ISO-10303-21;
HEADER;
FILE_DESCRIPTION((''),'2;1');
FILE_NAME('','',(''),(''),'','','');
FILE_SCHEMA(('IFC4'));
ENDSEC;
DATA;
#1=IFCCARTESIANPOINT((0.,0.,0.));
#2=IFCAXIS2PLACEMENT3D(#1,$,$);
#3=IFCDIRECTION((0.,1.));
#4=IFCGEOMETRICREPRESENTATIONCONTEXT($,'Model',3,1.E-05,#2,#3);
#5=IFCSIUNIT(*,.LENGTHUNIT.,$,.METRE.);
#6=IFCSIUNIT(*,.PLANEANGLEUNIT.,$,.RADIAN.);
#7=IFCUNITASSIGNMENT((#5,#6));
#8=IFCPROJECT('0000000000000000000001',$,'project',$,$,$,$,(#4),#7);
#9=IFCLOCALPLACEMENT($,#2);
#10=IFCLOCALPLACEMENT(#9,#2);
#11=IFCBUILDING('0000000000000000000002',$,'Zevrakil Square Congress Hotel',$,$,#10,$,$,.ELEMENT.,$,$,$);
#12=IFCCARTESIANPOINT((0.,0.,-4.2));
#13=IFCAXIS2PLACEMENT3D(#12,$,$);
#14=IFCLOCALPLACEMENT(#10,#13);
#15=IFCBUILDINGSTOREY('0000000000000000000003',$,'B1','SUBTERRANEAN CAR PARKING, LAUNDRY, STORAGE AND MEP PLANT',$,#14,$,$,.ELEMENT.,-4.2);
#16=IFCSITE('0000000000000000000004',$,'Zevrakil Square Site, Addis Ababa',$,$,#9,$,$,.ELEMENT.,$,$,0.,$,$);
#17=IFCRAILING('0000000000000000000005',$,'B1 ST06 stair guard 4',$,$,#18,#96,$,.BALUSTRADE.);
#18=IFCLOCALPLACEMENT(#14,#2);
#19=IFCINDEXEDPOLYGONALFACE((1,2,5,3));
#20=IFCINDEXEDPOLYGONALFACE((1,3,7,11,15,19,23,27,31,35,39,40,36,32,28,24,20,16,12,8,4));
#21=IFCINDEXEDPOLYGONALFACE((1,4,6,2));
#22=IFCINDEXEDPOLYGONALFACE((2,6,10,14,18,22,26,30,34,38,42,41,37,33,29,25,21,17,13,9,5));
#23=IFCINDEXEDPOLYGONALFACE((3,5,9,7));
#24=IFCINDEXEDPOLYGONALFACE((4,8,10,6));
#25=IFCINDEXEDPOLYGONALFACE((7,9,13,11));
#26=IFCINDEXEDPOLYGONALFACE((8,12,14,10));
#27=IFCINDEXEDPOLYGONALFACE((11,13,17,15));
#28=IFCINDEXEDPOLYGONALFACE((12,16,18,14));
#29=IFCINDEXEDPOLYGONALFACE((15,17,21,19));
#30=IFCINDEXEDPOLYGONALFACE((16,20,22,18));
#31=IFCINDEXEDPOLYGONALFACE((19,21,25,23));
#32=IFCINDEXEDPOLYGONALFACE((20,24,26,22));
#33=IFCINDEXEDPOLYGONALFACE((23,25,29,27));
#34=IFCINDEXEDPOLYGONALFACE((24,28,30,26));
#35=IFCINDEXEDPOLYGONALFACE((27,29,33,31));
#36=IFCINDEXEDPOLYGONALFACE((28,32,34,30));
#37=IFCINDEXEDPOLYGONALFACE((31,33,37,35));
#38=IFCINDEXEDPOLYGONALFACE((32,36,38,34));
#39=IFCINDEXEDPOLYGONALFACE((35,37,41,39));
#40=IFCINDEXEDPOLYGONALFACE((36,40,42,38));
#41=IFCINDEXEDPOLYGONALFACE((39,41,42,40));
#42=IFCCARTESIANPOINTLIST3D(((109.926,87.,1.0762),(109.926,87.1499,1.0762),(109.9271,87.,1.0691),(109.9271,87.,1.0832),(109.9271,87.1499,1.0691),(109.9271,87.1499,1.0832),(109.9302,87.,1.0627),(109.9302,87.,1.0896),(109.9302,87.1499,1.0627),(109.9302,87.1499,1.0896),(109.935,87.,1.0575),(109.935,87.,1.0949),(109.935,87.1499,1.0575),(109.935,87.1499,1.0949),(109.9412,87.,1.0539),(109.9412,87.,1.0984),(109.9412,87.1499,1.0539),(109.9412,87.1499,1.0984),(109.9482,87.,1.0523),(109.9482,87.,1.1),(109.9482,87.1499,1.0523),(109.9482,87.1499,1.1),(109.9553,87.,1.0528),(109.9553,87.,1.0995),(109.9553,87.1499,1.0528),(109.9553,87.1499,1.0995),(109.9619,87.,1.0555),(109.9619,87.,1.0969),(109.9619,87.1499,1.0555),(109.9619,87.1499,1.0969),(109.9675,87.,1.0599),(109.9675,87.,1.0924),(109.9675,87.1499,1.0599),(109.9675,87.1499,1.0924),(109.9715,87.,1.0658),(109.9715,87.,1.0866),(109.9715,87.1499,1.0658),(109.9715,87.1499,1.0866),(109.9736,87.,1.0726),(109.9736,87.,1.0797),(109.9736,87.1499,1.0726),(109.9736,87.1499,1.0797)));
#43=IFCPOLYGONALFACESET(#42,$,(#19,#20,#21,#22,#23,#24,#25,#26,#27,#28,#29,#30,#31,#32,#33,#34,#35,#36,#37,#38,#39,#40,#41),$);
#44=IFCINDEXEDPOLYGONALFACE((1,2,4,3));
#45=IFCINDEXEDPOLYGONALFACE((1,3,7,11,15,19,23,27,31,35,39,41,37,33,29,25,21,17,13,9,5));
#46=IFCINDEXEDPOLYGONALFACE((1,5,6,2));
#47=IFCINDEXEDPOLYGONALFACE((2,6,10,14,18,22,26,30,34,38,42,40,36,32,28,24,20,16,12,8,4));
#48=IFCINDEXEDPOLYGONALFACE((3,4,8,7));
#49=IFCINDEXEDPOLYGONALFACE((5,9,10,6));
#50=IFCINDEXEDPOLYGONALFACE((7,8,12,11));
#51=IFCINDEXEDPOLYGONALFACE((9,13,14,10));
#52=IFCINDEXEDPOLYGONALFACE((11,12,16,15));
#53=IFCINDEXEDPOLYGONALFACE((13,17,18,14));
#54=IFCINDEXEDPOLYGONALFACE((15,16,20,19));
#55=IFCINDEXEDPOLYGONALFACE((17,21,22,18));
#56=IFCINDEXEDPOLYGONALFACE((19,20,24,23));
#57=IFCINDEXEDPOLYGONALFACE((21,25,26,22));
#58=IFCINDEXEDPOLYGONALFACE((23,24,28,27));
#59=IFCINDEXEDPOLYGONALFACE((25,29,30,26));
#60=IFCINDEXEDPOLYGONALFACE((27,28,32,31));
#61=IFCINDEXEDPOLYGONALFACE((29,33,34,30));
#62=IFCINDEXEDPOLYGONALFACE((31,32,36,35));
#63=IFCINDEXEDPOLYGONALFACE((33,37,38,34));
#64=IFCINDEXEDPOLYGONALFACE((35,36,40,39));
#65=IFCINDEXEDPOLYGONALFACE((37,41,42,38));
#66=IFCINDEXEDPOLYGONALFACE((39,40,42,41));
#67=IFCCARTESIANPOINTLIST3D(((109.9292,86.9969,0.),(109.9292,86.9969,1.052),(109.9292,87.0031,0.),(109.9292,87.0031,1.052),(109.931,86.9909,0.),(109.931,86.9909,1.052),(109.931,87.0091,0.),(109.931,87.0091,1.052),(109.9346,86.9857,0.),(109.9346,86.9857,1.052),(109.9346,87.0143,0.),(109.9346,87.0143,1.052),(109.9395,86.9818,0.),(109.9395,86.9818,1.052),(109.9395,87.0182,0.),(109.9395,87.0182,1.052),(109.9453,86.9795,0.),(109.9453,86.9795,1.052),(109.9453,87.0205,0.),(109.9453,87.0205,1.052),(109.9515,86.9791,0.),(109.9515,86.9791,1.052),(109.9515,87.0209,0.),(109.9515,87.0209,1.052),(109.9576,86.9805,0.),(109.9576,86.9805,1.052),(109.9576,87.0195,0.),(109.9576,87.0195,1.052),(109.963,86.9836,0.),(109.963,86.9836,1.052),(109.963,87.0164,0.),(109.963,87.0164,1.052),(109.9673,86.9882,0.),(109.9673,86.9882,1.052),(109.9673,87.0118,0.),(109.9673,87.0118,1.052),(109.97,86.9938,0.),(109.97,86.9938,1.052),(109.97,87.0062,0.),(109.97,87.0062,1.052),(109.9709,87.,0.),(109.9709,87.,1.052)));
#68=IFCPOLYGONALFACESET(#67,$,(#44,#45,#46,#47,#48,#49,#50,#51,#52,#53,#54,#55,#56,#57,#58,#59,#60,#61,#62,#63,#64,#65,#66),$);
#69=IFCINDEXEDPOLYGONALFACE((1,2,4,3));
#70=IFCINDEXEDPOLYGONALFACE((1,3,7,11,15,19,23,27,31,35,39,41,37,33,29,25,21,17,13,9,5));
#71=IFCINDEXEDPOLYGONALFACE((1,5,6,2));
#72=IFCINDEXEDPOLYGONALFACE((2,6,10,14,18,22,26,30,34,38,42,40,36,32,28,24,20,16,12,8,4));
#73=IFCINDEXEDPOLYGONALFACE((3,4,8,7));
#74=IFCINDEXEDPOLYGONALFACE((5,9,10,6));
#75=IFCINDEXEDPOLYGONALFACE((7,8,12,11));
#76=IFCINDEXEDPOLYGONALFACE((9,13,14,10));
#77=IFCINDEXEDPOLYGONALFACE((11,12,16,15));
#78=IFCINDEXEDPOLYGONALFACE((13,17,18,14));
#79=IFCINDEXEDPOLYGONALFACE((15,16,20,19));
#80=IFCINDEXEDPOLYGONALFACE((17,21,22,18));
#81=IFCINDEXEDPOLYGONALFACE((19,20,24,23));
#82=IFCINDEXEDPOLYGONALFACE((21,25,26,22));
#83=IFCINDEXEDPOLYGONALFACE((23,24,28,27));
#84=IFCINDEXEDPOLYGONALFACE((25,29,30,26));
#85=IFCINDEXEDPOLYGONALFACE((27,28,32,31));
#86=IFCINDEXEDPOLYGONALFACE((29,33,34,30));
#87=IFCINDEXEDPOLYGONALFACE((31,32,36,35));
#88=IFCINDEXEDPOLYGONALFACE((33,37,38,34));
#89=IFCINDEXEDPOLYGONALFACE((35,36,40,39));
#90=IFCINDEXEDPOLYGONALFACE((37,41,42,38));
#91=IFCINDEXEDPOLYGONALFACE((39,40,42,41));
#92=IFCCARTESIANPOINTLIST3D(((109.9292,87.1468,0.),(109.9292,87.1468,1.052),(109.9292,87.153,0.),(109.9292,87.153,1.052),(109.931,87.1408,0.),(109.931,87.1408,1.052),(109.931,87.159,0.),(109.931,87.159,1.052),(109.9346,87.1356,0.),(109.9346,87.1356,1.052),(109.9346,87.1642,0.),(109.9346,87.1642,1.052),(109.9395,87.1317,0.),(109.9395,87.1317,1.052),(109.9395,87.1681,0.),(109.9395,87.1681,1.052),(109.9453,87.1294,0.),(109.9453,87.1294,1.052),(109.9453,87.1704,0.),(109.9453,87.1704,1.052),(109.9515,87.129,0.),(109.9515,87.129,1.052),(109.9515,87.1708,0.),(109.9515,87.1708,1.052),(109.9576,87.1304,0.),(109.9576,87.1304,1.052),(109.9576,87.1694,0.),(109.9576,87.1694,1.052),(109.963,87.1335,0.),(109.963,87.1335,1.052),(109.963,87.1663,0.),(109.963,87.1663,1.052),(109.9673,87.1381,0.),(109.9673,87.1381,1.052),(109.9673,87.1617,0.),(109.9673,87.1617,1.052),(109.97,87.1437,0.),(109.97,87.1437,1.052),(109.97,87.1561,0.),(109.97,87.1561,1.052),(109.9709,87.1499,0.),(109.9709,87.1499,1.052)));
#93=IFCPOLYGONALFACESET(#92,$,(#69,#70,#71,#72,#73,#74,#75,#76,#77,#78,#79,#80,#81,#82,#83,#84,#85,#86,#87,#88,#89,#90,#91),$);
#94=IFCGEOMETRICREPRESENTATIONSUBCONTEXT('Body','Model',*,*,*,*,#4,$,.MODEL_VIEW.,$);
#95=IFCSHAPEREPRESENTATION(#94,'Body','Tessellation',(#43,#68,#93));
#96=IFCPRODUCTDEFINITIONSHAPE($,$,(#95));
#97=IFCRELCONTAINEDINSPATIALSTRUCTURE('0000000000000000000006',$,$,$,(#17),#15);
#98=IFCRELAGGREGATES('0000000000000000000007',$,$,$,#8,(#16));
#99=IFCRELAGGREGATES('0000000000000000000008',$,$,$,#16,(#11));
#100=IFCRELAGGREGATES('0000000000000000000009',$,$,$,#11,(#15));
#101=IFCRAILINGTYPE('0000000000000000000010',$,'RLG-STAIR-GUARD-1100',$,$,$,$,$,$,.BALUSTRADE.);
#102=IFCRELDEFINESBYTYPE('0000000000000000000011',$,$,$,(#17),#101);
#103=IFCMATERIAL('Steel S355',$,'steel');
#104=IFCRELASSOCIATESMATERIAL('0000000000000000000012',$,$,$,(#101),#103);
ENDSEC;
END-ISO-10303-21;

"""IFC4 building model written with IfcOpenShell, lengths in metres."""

from ifc_helpers import new_model, si_unit, direction, frame, origin, origin_2d, place, context, subcontext, project, spatial, circle, extrude, material, type_object, element, save


model = new_model("IFC4")

# Units and contexts
model_context = context("Model", 3, precision=1e-05, world=origin(), true_north=direction((0.0, 1.0)))
body_context = subcontext(model_context, "Body", "Model", "MODEL_VIEW")
ifc_project = project(units=[si_unit("LENGTHUNIT", "METRE"), si_unit("PLANEANGLEUNIT", "RADIAN")], contexts=[model_context])

# Site, building, storey
site_placement = place(None, origin())
site = spatial("IfcSite", under=ifc_project, at=site_placement, Name="Zevrakil Square Site, Addis Ababa", CompositionType="ELEMENT", RefElevation=0.0)
building_placement = place(site_placement, origin())
building = spatial("IfcBuilding", under=site, at=building_placement, Name="Zevrakil Square Congress Hotel", CompositionType="ELEMENT")
storey_placement = place(building_placement, frame((0.0, 0.0, -4.2)))
storey = spatial("IfcBuildingStorey", under=building, at=storey_placement, Name="B1", Description="SUBTERRANEAN CAR PARKING, LAUNDRY, STORAGE AND MEP PLANT", CompositionType="ELEMENT", Elevation=-4.2)

# Railing
ifc_material_1 = material(Name="Steel S355", Category="steel")
railing_type_1 = type_object("IfcRailingType", Name="RLG-STAIR-GUARD-1100", PredefinedType="BALUSTRADE", material=ifc_material_1)
railing_1_placement = place(storey_placement, frame((109.95, 87.0, 0.0)))
element("IfcRailing", 1, at=railing_1_placement, inside=storey, type_object=railing_type_1, Name="B1 ST06 stair guard 4", PredefinedType="BALUSTRADE", context=body_context, shape_type="SweptSolid", body=[
    extrude(circle(Radius=0.0239, at=origin_2d()), frame((0.0, 0.0, 1.0762), z_axis=(0.0, 1.0, 0.0), x_axis=(-1.0, 0.0, 0.0)), (0.0, 0.0, 1.0), 0.1499),
    extrude(circle(Radius=0.021, at=origin_2d()), origin(), (0.0, 0.0, 1.0), 1.052),
    extrude(circle(Radius=0.021, at=origin_2d()), frame((0.0, 0.1499, 0.0)), (0.0, 0.0, 1.0), 1.052),
])

save(model, "model.ifc")
